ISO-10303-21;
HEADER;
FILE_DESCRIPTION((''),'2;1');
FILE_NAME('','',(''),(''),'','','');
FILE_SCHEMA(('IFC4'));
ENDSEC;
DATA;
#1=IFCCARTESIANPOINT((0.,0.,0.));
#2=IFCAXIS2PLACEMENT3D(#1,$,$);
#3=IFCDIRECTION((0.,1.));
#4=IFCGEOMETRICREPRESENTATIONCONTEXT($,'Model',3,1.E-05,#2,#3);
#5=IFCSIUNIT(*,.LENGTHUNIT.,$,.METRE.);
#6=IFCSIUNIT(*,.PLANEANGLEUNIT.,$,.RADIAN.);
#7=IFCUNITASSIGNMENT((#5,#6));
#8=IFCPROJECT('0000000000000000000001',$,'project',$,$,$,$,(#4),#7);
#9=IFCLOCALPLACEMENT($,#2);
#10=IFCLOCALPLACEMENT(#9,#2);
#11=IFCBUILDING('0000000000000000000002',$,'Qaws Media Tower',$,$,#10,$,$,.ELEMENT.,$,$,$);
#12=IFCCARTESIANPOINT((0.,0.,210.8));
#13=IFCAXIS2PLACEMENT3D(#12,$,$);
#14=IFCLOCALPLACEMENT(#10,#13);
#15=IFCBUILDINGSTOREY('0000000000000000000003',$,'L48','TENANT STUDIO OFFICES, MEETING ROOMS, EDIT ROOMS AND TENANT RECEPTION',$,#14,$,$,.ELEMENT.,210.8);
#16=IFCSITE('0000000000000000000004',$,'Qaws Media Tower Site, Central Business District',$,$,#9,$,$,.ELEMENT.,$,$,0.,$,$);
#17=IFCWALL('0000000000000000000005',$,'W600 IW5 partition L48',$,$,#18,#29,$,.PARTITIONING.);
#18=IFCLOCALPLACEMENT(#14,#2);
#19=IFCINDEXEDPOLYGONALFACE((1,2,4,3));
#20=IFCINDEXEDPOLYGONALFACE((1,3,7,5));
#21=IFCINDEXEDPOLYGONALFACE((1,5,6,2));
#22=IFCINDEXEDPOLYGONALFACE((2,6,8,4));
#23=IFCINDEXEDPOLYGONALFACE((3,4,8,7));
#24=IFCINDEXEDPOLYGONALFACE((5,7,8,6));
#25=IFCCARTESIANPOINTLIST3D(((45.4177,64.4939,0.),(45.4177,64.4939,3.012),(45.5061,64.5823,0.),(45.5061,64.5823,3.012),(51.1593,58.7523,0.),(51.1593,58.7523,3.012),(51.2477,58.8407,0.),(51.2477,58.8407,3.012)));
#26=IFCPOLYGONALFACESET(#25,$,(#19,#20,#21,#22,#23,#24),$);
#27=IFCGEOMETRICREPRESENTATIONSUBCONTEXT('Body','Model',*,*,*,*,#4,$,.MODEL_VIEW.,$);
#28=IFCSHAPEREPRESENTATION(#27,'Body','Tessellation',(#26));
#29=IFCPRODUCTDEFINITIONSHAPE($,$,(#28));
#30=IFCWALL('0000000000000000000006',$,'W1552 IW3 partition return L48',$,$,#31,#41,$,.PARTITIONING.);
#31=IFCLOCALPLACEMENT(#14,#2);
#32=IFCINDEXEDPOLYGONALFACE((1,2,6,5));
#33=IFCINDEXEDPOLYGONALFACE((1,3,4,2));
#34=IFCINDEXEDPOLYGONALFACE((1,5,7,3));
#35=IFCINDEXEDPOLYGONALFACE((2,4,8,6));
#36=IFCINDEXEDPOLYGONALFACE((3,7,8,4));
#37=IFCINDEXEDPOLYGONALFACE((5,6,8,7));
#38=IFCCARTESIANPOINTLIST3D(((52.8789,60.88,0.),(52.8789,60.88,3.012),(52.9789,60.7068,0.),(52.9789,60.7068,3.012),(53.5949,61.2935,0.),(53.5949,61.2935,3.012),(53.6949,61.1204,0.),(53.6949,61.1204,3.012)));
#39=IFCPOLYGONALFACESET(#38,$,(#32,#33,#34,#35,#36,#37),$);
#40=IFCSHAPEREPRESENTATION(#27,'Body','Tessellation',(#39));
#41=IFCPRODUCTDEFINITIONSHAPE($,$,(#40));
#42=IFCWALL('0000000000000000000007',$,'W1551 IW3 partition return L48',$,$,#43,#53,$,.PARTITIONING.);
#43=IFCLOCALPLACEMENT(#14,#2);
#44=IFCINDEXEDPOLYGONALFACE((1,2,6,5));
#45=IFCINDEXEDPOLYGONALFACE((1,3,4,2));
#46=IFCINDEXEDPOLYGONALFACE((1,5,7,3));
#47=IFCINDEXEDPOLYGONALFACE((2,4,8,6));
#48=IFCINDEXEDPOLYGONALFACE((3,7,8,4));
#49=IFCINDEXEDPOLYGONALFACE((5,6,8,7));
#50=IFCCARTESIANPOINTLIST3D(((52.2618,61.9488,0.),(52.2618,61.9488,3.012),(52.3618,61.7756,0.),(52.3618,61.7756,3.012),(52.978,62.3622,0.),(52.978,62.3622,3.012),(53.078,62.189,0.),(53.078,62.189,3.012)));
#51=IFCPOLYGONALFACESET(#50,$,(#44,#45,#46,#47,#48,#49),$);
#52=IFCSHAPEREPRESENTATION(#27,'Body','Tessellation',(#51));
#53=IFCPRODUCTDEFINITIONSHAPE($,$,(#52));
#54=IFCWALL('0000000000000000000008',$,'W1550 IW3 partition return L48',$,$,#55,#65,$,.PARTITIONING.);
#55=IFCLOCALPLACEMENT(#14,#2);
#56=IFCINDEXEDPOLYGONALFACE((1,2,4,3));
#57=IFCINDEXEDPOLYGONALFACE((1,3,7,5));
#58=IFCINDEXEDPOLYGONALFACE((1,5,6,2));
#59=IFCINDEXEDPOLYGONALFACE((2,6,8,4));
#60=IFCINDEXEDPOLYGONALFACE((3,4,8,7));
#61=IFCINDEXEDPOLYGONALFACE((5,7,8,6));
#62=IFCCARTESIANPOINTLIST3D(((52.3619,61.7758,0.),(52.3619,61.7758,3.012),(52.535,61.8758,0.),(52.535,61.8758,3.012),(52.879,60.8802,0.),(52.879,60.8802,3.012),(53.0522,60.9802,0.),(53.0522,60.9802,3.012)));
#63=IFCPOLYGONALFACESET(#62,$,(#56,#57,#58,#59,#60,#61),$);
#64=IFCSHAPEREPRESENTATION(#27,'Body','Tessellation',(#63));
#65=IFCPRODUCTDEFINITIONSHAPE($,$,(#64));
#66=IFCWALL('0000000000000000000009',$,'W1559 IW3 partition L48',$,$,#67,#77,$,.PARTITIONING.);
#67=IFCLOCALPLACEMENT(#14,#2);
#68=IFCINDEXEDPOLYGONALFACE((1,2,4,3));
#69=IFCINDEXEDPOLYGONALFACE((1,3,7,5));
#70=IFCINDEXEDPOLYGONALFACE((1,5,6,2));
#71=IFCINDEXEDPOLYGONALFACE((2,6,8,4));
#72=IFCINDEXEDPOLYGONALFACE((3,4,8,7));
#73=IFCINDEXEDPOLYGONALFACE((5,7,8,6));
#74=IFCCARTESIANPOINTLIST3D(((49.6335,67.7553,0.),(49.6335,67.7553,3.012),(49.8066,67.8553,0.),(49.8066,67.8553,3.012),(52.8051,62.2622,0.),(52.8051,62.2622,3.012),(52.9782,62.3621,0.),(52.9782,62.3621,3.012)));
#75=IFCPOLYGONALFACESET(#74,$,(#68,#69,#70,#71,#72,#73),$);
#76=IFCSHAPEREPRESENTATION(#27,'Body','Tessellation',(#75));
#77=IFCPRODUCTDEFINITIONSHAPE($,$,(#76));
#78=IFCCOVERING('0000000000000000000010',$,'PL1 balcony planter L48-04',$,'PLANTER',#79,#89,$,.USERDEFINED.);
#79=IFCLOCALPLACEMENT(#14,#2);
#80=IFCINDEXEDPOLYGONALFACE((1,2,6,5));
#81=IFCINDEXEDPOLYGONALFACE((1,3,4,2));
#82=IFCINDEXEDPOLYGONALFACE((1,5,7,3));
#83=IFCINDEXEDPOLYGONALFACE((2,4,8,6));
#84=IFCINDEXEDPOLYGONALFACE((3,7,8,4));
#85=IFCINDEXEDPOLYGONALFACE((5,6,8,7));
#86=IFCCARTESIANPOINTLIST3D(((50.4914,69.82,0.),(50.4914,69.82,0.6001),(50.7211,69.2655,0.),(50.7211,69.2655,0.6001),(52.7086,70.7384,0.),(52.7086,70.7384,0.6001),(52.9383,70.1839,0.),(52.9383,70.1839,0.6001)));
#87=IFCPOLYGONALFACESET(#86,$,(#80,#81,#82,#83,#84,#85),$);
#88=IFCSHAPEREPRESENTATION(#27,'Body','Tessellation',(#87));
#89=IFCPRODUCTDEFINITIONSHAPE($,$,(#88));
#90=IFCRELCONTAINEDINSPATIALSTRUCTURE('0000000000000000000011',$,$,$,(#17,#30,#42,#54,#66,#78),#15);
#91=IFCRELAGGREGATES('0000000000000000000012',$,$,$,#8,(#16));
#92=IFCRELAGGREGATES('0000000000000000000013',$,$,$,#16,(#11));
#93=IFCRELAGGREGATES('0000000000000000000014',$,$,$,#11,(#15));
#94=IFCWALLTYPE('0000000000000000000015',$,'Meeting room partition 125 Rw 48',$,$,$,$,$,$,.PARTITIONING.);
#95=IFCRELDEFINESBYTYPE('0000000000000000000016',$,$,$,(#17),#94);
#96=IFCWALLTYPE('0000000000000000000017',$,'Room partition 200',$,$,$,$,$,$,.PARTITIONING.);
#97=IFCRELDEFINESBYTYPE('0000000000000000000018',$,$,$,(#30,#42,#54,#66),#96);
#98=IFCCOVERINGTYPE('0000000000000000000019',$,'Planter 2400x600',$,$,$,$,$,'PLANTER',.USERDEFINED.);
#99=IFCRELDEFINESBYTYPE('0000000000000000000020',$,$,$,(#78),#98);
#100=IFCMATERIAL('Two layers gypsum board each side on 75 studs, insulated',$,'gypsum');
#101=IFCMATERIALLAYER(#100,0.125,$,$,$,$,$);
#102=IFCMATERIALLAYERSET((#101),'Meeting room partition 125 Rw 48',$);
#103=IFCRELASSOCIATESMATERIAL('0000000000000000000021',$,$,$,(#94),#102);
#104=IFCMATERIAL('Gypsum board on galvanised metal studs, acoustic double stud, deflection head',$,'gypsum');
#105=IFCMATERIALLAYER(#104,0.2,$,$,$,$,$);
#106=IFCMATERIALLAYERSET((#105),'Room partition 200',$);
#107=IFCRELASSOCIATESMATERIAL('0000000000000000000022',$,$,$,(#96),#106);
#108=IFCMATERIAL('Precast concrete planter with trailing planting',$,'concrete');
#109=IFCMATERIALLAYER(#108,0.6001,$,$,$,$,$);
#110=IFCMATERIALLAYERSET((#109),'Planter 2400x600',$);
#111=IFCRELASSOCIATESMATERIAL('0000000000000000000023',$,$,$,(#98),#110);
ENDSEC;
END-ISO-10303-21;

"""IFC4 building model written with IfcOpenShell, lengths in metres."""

from ifc_helpers import new_model, si_unit, direction, frame, frame_2d, origin, origin_2d, place, context, subcontext, project, spatial, rectangle, extrude, material, layer, layer_set, type_object, element, save


model = new_model("IFC4")

# Units and contexts
model_context = context("Model", 3, precision=1e-05, world=origin(), true_north=direction((0.0, 1.0)))
body_context = subcontext(model_context, "Body", "Model", "MODEL_VIEW")
ifc_project = project(units=[si_unit("LENGTHUNIT", "METRE"), si_unit("PLANEANGLEUNIT", "RADIAN")], contexts=[model_context])

# Site, building, storey
site_placement = place(None, origin())
site = spatial("IfcSite", under=ifc_project, at=site_placement, Name="Qaws Media Tower Site, Central Business District", CompositionType="ELEMENT", RefElevation=0.0)
building_placement = place(site_placement, origin())
building = spatial("IfcBuilding", under=site, at=building_placement, Name="Qaws Media Tower", CompositionType="ELEMENT")
storey_placement = place(building_placement, frame((0.0, 0.0, 210.8)))
storey = spatial("IfcBuildingStorey", under=building, at=storey_placement, Name="L48", Description="TENANT STUDIO OFFICES, MEETING ROOMS, EDIT ROOMS AND TENANT RECEPTION", CompositionType="ELEMENT", Elevation=210.8)

# Wall
ifc_material_1 = material(Name="Two layers gypsum board each side on 75 studs, insulated", Category="gypsum")
ifc_layer_1 = layer(ifc_material_1, 0.125)
ifc_layer_set_1 = layer_set([ifc_layer_1], Name="Meeting room partition 125 Rw 48")
wall_type_1 = type_object("IfcWallType", Name="Meeting room partition 125 Rw 48", PredefinedType="PARTITIONING", material=ifc_layer_set_1)
wall_1_placement = place(storey_placement, frame((51.2036, 58.7964, 0.0), z_axis=(0.0, 0.0, 1.0), x_axis=(-0.707107, 0.707107, 0.0)))
element("IfcWall", 1, at=wall_1_placement, inside=storey, type_object=wall_type_1, Name="W600 IW5 partition L48", PredefinedType="PARTITIONING", context=body_context, shape_type="SweptSolid", body=[
    extrude(rectangle(XDim=8.1199, YDim=0.125, at=frame_2d((4.0601, 0.0))), origin(), (0.0, 0.0, 1.0), 3.012),
])

# Shared definitions
ifc_material_2 = material(Name="Gypsum board on galvanised metal studs, acoustic double stud, deflection head", Category="gypsum")
ifc_layer_2 = layer(ifc_material_2, 0.2)
ifc_layer_set_2 = layer_set([ifc_layer_2], Name="Room partition 200")
wall_type_2 = type_object("IfcWallType", Name="Room partition 200", PredefinedType="PARTITIONING", material=ifc_layer_set_2)

# Walls
for number, where, z_axis, x_axis, name in (
    (2, (53.645, 61.207, 0.0), (0.0, 0.0, 1.0), (-0.865945, -0.50014, 0.0), "W1552 IW3 partition return L48"),
    (3, (53.0281, 62.2756, 0.0), (0.0, 0.0, 1.0), (-0.866072, -0.499918, 0.0), "W1551 IW3 partition return L48"),
):
    element("IfcWall", number, at=place(storey_placement, frame(where, z_axis=z_axis, x_axis=x_axis)), inside=storey, type_object=wall_type_2, Name=name, PredefinedType="PARTITIONING", context=body_context, shape_type="SweptSolid", body=[
        extrude(rectangle(XDim=0.8269, YDim=0.2, at=frame_2d((0.4136, 0.0))), origin(), (0.0, 0.0, 1.0), 3.012),
    ])
wall_2_placement = place(storey_placement, frame((52.9656, 60.9302, 0.0), z_axis=(0.0, 0.0, 1.0), x_axis=(-0.500049, 0.865997, 0.0)))
element("IfcWall", 4, at=wall_2_placement, inside=storey, type_object=wall_type_2, Name="W1550 IW3 partition return L48", PredefinedType="PARTITIONING", context=body_context, shape_type="SweptSolid", body=[
    extrude(rectangle(XDim=1.0342, YDim=0.2, at=frame_2d((0.5171, 0.0))), origin(), (0.0, 0.0, 1.0), 3.012),
])
wall_3_placement = place(storey_placement, frame((52.8916, 62.3123, 0.0), z_axis=(0.0, 0.0, 1.0), x_axis=(-0.500018, 0.866015, 0.0)))
element("IfcWall", 5, at=wall_3_placement, inside=storey, type_object=wall_type_2, Name="W1559 IW3 partition L48", PredefinedType="PARTITIONING", context=body_context, shape_type="SweptSolid", body=[
    extrude(rectangle(XDim=6.343, YDim=0.2, at=frame_2d((3.1714, 0.0))), origin(), (0.0, 0.0, 1.0), 3.012),
])

# Covering
ifc_material_3 = material(Name="Precast concrete planter with trailing planting", Category="concrete")
ifc_layer_3 = layer(ifc_material_3, 0.6001)
ifc_layer_set_3 = layer_set([ifc_layer_3], Name="Planter 2400x600")
covering_type = type_object("IfcCoveringType", Name="Planter 2400x600", ElementType="PLANTER", PredefinedType="USERDEFINED", material=ifc_layer_set_3)
covering_placement = place(storey_placement, frame((51.7148, 70.002, 0.0), z_axis=(0.0, 0.0, 1.0), x_axis=(-0.92388, -0.382683, 0.0)))
element("IfcCovering", 6, at=covering_placement, inside=storey, type_object=covering_type, Name="PL1 balcony planter L48-04", ObjectType="PLANTER", PredefinedType="USERDEFINED", context=body_context, shape_type="SweptSolid", body=[
    extrude(rectangle(XDim=2.3999, YDim=0.6001, at=origin_2d()), origin(), (0.0, 0.0, 1.0), 0.6001),
])

save(model, "model.ifc")
